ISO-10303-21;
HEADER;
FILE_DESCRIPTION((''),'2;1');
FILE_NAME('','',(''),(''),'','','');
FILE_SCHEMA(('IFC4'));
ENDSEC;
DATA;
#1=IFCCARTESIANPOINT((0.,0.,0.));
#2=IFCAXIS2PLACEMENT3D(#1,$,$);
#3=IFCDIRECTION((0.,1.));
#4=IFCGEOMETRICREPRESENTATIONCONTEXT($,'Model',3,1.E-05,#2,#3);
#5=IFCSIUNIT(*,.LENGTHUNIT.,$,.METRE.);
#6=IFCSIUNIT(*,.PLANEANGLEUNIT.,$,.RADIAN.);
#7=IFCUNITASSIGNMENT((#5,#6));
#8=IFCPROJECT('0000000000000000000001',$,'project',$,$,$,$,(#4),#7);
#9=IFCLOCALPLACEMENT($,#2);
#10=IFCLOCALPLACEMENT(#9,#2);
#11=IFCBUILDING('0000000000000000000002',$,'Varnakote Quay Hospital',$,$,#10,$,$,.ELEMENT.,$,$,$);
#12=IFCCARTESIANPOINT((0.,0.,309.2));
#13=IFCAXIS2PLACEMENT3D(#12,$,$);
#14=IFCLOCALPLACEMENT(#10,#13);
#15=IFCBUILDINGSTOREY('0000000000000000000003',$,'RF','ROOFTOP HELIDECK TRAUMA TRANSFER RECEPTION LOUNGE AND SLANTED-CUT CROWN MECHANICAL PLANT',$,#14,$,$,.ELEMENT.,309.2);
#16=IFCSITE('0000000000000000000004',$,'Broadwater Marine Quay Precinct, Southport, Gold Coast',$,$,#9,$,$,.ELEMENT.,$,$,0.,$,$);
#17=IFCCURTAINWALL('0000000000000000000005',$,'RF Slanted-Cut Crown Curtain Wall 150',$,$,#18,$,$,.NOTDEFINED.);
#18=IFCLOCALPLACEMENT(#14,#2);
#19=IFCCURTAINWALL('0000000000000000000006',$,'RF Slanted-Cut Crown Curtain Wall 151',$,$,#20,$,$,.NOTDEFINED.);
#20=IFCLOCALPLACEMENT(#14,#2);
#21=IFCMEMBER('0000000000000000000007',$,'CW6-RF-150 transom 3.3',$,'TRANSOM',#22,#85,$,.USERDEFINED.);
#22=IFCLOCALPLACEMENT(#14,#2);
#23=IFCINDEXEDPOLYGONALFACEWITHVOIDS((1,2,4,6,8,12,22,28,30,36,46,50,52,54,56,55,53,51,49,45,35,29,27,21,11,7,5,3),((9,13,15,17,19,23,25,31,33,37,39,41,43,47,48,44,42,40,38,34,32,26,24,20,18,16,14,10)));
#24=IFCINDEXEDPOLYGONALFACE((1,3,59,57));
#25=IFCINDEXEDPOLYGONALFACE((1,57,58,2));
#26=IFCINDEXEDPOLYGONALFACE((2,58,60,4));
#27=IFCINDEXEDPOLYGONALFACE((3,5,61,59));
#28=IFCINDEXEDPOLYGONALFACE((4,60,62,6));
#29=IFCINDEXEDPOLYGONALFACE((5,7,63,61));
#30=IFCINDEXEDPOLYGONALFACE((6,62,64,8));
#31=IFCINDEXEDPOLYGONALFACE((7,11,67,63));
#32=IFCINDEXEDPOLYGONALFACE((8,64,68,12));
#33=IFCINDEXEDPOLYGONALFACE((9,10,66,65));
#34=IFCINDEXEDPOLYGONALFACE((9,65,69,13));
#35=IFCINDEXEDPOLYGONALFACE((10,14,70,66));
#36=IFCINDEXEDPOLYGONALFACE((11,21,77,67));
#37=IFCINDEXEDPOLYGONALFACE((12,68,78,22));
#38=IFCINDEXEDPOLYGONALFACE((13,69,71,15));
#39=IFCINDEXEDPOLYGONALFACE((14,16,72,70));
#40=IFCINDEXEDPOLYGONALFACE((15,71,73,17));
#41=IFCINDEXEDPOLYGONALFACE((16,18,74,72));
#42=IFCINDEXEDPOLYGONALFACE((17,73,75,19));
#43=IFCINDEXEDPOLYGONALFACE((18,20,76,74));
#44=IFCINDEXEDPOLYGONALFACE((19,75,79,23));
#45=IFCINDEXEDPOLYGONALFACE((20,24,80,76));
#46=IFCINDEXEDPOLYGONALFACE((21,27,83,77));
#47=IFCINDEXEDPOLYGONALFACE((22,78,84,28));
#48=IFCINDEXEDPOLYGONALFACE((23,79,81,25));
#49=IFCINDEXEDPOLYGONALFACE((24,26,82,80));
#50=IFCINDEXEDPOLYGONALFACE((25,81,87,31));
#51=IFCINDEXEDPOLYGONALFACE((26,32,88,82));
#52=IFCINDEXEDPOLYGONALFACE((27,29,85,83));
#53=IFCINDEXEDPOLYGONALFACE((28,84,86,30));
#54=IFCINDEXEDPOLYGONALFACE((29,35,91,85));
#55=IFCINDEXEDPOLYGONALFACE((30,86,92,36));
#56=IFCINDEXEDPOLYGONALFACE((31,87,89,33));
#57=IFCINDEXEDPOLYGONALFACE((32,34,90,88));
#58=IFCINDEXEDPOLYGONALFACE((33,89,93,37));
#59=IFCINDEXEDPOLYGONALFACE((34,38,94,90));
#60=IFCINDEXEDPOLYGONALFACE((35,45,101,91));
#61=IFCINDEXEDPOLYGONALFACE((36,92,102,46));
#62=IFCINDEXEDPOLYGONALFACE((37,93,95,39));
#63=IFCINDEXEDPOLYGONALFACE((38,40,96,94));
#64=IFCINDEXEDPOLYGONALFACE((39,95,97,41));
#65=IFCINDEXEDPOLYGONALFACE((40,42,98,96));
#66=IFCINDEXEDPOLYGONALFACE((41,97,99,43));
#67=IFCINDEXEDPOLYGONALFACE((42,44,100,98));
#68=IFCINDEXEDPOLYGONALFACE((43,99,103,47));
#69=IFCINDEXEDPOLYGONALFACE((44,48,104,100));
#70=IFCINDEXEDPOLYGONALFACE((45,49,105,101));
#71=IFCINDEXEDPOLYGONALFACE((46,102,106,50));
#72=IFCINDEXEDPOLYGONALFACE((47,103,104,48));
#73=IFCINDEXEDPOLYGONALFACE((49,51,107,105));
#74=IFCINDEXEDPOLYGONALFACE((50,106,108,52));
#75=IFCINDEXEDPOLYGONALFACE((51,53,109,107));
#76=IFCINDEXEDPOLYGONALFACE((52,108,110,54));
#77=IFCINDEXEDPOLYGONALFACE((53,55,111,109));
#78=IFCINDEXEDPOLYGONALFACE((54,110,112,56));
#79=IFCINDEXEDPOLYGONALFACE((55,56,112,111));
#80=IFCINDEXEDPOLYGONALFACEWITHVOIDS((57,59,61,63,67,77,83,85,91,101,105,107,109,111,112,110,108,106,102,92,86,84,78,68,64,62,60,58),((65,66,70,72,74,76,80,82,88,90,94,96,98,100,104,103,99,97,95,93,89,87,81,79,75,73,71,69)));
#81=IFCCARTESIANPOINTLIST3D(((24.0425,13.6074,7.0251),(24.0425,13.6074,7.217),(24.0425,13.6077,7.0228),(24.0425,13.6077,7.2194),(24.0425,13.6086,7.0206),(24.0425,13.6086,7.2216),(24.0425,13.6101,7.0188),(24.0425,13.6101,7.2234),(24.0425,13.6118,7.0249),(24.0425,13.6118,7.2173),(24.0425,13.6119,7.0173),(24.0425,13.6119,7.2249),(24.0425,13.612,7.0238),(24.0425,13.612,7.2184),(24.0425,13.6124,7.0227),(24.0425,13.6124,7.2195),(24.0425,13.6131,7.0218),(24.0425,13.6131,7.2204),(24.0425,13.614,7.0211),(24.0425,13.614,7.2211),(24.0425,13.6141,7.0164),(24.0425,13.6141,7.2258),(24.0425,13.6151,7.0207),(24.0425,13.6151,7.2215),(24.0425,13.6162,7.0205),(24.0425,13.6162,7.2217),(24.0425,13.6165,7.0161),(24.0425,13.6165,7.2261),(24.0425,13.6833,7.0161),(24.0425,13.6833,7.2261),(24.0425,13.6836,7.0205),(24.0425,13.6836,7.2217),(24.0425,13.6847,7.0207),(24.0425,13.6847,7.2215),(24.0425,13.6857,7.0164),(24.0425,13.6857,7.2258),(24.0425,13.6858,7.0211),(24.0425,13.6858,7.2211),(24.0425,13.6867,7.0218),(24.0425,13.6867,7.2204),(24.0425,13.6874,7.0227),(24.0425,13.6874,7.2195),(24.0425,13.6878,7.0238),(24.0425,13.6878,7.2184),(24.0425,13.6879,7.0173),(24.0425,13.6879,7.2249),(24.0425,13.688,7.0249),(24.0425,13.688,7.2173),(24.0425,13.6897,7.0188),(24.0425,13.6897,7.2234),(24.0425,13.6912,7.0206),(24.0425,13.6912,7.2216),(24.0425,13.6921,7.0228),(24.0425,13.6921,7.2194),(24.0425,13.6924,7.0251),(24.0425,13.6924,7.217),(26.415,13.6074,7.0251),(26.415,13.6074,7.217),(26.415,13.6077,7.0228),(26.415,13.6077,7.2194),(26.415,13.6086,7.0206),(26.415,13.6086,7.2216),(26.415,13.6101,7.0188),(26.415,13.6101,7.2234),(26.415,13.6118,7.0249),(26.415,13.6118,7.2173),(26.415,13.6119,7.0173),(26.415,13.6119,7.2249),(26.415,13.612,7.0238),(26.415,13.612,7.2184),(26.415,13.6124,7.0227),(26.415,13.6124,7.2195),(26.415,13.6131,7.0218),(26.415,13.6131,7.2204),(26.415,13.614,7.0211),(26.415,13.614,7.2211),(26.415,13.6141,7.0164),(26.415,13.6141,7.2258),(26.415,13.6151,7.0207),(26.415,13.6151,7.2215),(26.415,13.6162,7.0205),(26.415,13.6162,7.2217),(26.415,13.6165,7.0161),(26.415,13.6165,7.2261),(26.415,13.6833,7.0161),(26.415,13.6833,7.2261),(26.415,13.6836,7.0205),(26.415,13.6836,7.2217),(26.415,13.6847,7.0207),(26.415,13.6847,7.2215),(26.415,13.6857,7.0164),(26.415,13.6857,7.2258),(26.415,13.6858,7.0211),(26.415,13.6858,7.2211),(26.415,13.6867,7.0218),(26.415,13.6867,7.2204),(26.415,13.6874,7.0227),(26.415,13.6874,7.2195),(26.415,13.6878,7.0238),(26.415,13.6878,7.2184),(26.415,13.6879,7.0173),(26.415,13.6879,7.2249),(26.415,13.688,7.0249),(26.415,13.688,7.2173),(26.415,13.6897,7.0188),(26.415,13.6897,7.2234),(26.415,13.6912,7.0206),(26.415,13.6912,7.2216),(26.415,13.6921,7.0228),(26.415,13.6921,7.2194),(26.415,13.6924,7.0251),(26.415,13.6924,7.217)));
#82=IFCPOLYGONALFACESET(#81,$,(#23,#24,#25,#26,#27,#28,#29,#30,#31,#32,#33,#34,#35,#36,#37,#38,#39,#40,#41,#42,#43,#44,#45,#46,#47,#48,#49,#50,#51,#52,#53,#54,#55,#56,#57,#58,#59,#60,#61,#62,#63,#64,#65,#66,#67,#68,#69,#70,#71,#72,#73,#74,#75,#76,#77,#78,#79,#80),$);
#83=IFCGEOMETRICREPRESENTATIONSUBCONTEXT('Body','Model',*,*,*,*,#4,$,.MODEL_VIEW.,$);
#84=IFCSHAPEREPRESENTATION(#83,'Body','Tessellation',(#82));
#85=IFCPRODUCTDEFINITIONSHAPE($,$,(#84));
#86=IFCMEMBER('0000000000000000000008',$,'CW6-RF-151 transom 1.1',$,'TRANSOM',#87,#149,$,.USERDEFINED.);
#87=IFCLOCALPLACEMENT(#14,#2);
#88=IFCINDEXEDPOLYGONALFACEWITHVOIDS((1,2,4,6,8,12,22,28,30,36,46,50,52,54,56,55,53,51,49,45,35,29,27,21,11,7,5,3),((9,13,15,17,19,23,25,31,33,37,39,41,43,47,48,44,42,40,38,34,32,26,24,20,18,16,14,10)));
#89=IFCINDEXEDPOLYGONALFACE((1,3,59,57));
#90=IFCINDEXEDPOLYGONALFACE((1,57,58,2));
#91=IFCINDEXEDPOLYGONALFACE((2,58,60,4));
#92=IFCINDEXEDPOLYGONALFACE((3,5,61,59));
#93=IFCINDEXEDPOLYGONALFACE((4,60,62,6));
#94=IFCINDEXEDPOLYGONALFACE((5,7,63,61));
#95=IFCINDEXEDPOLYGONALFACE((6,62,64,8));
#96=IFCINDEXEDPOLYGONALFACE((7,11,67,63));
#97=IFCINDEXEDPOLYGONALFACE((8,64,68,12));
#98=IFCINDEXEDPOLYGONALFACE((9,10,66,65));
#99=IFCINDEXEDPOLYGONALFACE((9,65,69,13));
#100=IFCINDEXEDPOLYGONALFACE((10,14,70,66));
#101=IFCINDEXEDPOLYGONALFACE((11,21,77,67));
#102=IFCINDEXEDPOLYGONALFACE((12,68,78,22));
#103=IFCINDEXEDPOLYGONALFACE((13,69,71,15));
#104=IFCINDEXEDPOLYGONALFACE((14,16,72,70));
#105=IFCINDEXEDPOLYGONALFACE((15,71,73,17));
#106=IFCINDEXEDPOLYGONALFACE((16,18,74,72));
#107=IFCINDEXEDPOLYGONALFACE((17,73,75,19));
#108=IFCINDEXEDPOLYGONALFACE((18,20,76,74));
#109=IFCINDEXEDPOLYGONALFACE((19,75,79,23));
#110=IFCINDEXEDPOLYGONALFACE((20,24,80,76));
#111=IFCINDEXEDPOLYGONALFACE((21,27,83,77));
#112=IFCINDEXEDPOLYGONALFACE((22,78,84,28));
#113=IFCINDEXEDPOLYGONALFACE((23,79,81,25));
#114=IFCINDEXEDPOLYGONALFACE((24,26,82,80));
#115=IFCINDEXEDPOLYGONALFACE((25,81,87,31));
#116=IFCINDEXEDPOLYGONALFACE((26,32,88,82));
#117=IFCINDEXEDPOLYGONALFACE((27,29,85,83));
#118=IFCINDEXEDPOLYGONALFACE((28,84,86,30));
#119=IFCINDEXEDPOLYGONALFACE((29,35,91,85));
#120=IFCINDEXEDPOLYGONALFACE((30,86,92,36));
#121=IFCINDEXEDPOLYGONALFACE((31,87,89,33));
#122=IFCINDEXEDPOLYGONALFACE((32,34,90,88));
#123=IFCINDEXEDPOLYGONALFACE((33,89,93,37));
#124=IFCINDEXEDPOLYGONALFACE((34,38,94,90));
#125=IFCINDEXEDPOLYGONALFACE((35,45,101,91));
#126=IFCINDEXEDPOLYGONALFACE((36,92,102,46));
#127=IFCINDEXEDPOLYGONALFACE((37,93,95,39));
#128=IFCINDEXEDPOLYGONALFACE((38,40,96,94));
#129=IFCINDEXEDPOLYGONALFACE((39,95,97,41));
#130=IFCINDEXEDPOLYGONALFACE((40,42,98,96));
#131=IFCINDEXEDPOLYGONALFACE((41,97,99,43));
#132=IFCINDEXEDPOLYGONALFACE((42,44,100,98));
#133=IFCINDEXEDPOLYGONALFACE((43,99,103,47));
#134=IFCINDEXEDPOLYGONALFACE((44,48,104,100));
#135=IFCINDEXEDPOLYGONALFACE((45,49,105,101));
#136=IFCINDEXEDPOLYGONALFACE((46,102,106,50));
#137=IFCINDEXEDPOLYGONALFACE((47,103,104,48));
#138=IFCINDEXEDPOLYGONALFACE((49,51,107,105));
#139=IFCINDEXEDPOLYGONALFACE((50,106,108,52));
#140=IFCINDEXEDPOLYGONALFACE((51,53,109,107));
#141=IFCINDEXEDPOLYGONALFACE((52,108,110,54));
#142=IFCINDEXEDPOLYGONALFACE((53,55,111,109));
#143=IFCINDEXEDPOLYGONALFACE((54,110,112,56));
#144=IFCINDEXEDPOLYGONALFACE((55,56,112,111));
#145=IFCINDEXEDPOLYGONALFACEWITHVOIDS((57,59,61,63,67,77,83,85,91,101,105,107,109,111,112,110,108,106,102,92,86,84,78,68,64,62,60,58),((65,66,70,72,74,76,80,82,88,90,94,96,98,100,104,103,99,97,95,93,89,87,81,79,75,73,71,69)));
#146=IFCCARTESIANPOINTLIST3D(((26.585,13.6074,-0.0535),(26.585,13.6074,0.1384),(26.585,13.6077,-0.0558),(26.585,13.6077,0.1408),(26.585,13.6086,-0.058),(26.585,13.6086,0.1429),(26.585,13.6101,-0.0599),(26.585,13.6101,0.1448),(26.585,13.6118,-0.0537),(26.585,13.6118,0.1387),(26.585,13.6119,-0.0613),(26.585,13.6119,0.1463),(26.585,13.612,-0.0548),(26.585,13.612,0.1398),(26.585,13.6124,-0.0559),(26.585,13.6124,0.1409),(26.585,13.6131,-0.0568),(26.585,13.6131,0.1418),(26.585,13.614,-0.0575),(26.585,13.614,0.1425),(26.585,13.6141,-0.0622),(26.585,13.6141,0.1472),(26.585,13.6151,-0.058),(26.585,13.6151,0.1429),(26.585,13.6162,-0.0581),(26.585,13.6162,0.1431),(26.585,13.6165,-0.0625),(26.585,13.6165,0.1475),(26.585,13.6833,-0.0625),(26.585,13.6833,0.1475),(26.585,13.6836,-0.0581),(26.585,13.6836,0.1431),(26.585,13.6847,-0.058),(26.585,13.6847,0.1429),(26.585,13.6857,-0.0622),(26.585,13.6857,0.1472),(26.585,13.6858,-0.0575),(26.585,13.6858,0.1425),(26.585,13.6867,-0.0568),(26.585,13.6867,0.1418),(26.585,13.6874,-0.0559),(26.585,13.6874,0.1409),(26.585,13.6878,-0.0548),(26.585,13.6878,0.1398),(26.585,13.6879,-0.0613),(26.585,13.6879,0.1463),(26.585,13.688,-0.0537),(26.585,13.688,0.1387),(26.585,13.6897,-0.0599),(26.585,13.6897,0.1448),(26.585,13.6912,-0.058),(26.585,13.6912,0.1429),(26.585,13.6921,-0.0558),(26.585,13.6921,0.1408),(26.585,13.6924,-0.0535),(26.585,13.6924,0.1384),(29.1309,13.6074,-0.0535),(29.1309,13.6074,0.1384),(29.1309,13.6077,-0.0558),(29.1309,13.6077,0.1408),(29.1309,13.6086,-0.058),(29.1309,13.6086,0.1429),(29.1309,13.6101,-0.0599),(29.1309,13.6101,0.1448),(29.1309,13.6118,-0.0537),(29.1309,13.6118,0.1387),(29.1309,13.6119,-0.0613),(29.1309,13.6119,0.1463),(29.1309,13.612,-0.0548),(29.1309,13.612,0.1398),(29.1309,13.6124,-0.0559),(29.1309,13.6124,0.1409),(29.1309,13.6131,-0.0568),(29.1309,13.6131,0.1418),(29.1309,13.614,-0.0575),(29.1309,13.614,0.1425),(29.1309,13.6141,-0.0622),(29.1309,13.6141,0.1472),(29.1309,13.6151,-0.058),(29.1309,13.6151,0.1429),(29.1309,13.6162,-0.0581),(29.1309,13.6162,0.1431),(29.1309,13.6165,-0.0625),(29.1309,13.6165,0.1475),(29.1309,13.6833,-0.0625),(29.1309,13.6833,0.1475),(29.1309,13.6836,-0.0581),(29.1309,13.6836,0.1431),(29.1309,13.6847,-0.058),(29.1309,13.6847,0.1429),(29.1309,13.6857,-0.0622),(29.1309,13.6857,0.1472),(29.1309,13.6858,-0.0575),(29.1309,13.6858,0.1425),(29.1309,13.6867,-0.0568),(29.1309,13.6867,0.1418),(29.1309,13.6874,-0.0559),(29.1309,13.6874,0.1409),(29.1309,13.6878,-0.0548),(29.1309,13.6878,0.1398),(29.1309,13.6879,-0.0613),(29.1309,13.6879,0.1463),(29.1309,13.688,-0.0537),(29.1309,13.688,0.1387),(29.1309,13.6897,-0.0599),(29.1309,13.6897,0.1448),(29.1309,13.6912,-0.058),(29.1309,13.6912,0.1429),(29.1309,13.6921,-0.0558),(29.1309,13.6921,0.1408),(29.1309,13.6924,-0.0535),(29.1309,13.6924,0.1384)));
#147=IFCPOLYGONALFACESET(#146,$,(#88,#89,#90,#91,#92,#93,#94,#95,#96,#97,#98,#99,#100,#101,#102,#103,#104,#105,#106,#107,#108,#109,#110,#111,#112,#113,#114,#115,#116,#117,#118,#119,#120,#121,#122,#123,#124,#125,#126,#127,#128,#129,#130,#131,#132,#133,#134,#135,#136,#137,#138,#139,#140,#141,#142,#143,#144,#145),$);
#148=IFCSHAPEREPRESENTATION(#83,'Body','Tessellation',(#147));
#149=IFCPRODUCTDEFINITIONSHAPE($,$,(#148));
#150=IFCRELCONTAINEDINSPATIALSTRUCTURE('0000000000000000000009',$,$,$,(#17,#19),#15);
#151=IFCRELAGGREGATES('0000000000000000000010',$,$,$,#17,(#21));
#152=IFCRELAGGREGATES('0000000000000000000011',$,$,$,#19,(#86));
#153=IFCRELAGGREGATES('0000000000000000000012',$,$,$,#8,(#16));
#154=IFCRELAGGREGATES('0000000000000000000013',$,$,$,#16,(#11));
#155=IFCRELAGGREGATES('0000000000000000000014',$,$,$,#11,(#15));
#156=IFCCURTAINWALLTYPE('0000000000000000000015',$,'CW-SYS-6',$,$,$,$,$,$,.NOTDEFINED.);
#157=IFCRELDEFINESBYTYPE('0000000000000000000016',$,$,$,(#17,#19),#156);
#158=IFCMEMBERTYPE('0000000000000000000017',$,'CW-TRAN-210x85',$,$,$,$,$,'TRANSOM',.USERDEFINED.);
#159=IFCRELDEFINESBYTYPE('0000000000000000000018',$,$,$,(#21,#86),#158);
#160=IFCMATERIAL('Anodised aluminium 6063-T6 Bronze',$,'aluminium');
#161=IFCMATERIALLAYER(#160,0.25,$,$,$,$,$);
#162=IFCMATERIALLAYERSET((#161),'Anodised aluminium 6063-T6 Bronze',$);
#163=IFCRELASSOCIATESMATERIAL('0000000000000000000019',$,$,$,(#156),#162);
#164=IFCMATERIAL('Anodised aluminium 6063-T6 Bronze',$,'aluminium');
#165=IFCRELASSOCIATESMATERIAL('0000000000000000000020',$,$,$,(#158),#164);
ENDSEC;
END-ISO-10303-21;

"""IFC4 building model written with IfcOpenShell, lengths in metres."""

from ifc_helpers import new_model, si_unit, direction, frame, origin, origin_2d, place, context, subcontext, project, spatial, hollow_rectangle, extrude, material, layer, layer_set, material_profile, profile_set, type_object, element, aggregate, save


model = new_model("IFC4")

# Units and contexts
model_context = context("Model", 3, precision=1e-05, world=origin(), true_north=direction((0.0, 1.0)))
body_context = subcontext(model_context, "Body", "Model", "MODEL_VIEW")
ifc_project = project(units=[si_unit("LENGTHUNIT", "METRE"), si_unit("PLANEANGLEUNIT", "RADIAN")], contexts=[model_context])

# Site, building, storey
site_placement = place(None, origin())
site = spatial("IfcSite", under=ifc_project, at=site_placement, Name="Broadwater Marine Quay Precinct, Southport, Gold Coast", CompositionType="ELEMENT", RefElevation=0.0)
building_placement = place(site_placement, origin())
building = spatial("IfcBuilding", under=site, at=building_placement, Name="Varnakote Quay Hospital", CompositionType="ELEMENT")
storey_placement = place(building_placement, frame((0.0, 0.0, 309.2)))
storey = spatial("IfcBuildingStorey", under=building, at=storey_placement, Name="RF", Description="ROOFTOP HELIDECK TRAUMA TRANSFER RECEPTION LOUNGE AND SLANTED-CUT CROWN MECHANICAL PLANT", CompositionType="ELEMENT", Elevation=309.2)

# Curtain walls
ifc_material_1 = material(Name="Anodised aluminium 6063-T6 Bronze", Category="aluminium")
ifc_layer_1 = layer(ifc_material_1, 0.25)
ifc_layer_set_1 = layer_set([ifc_layer_1], Name="Anodised aluminium 6063-T6 Bronze")
curtain_wall_type = type_object("IfcCurtainWallType", Name="CW-SYS-6", PredefinedType="NOTDEFINED", material=ifc_layer_set_1)
curtain_wall_1_placement = place(storey_placement, origin())
curtain_wall_1 = element("IfcCurtainWall", 1, at=curtain_wall_1_placement, inside=storey, type_object=curtain_wall_type, Name="RF Slanted-Cut Crown Curtain Wall 150", PredefinedType="NOTDEFINED")
curtain_wall_2_placement = place(storey_placement, origin())
curtain_wall_2 = element("IfcCurtainWall", 2, at=curtain_wall_2_placement, inside=storey, type_object=curtain_wall_type, Name="RF Slanted-Cut Crown Curtain Wall 151", PredefinedType="NOTDEFINED")

# Members
ifc_material_2 = material(Name="Anodised aluminium 6063-T6 Bronze", Category="aluminium")
ifc_material_profile_1 = material_profile(ifc_material_2, hollow_rectangle(XDim=0.085, YDim=0.21, WallThickness=0.0044, InnerFilletRadius=0.0044, OuterFilletRadius=0.009, at=origin_2d()), Name="CW-TRAN-210x85")
ifc_profile_set_1 = profile_set([ifc_material_profile_1], Name="Anodised aluminium 6063-T6 Bronze")
member_type_1 = type_object("IfcMemberType", Name="CW-TRAN-210x85", ElementType="TRANSOM", PredefinedType="USERDEFINED", material=ifc_profile_set_1)
member_1_placement = place(storey_placement, frame((24.0425, 13.6499, 7.1211), z_axis=(1.0, 0.0, 0.0), x_axis=(0.0, 1.0, 0.0)))
member_1 = element("IfcMember", 3, at=member_1_placement, type_object=member_type_1, Name="CW6-RF-150 transom 3.3", ObjectType="TRANSOM", PredefinedType="USERDEFINED", context=body_context, shape_type="SweptSolid", body=[
    extrude(hollow_rectangle(XDim=0.085, YDim=0.21, WallThickness=0.0044, InnerFilletRadius=0.0044, OuterFilletRadius=0.009, at=origin_2d()), origin(), (0.0, 0.0, 1.0), 2.3726),
])
member_2_placement = place(storey_placement, frame((26.585, 13.6499, 0.0425), z_axis=(1.0, 0.0, 0.0), x_axis=(0.0, 1.0, 0.0)))
member_2 = element("IfcMember", 4, at=member_2_placement, type_object=member_type_1, Name="CW6-RF-151 transom 1.1", ObjectType="TRANSOM", PredefinedType="USERDEFINED", context=body_context, shape_type="SweptSolid", body=[
    extrude(hollow_rectangle(XDim=0.085, YDim=0.21, WallThickness=0.0044, InnerFilletRadius=0.0044, OuterFilletRadius=0.009, at=origin_2d()), origin(), (0.0, 0.0, 1.0), 2.5459),
])

aggregate(curtain_wall_1, [member_1])
aggregate(curtain_wall_2, [member_2])

save(model, "model.ifc")
